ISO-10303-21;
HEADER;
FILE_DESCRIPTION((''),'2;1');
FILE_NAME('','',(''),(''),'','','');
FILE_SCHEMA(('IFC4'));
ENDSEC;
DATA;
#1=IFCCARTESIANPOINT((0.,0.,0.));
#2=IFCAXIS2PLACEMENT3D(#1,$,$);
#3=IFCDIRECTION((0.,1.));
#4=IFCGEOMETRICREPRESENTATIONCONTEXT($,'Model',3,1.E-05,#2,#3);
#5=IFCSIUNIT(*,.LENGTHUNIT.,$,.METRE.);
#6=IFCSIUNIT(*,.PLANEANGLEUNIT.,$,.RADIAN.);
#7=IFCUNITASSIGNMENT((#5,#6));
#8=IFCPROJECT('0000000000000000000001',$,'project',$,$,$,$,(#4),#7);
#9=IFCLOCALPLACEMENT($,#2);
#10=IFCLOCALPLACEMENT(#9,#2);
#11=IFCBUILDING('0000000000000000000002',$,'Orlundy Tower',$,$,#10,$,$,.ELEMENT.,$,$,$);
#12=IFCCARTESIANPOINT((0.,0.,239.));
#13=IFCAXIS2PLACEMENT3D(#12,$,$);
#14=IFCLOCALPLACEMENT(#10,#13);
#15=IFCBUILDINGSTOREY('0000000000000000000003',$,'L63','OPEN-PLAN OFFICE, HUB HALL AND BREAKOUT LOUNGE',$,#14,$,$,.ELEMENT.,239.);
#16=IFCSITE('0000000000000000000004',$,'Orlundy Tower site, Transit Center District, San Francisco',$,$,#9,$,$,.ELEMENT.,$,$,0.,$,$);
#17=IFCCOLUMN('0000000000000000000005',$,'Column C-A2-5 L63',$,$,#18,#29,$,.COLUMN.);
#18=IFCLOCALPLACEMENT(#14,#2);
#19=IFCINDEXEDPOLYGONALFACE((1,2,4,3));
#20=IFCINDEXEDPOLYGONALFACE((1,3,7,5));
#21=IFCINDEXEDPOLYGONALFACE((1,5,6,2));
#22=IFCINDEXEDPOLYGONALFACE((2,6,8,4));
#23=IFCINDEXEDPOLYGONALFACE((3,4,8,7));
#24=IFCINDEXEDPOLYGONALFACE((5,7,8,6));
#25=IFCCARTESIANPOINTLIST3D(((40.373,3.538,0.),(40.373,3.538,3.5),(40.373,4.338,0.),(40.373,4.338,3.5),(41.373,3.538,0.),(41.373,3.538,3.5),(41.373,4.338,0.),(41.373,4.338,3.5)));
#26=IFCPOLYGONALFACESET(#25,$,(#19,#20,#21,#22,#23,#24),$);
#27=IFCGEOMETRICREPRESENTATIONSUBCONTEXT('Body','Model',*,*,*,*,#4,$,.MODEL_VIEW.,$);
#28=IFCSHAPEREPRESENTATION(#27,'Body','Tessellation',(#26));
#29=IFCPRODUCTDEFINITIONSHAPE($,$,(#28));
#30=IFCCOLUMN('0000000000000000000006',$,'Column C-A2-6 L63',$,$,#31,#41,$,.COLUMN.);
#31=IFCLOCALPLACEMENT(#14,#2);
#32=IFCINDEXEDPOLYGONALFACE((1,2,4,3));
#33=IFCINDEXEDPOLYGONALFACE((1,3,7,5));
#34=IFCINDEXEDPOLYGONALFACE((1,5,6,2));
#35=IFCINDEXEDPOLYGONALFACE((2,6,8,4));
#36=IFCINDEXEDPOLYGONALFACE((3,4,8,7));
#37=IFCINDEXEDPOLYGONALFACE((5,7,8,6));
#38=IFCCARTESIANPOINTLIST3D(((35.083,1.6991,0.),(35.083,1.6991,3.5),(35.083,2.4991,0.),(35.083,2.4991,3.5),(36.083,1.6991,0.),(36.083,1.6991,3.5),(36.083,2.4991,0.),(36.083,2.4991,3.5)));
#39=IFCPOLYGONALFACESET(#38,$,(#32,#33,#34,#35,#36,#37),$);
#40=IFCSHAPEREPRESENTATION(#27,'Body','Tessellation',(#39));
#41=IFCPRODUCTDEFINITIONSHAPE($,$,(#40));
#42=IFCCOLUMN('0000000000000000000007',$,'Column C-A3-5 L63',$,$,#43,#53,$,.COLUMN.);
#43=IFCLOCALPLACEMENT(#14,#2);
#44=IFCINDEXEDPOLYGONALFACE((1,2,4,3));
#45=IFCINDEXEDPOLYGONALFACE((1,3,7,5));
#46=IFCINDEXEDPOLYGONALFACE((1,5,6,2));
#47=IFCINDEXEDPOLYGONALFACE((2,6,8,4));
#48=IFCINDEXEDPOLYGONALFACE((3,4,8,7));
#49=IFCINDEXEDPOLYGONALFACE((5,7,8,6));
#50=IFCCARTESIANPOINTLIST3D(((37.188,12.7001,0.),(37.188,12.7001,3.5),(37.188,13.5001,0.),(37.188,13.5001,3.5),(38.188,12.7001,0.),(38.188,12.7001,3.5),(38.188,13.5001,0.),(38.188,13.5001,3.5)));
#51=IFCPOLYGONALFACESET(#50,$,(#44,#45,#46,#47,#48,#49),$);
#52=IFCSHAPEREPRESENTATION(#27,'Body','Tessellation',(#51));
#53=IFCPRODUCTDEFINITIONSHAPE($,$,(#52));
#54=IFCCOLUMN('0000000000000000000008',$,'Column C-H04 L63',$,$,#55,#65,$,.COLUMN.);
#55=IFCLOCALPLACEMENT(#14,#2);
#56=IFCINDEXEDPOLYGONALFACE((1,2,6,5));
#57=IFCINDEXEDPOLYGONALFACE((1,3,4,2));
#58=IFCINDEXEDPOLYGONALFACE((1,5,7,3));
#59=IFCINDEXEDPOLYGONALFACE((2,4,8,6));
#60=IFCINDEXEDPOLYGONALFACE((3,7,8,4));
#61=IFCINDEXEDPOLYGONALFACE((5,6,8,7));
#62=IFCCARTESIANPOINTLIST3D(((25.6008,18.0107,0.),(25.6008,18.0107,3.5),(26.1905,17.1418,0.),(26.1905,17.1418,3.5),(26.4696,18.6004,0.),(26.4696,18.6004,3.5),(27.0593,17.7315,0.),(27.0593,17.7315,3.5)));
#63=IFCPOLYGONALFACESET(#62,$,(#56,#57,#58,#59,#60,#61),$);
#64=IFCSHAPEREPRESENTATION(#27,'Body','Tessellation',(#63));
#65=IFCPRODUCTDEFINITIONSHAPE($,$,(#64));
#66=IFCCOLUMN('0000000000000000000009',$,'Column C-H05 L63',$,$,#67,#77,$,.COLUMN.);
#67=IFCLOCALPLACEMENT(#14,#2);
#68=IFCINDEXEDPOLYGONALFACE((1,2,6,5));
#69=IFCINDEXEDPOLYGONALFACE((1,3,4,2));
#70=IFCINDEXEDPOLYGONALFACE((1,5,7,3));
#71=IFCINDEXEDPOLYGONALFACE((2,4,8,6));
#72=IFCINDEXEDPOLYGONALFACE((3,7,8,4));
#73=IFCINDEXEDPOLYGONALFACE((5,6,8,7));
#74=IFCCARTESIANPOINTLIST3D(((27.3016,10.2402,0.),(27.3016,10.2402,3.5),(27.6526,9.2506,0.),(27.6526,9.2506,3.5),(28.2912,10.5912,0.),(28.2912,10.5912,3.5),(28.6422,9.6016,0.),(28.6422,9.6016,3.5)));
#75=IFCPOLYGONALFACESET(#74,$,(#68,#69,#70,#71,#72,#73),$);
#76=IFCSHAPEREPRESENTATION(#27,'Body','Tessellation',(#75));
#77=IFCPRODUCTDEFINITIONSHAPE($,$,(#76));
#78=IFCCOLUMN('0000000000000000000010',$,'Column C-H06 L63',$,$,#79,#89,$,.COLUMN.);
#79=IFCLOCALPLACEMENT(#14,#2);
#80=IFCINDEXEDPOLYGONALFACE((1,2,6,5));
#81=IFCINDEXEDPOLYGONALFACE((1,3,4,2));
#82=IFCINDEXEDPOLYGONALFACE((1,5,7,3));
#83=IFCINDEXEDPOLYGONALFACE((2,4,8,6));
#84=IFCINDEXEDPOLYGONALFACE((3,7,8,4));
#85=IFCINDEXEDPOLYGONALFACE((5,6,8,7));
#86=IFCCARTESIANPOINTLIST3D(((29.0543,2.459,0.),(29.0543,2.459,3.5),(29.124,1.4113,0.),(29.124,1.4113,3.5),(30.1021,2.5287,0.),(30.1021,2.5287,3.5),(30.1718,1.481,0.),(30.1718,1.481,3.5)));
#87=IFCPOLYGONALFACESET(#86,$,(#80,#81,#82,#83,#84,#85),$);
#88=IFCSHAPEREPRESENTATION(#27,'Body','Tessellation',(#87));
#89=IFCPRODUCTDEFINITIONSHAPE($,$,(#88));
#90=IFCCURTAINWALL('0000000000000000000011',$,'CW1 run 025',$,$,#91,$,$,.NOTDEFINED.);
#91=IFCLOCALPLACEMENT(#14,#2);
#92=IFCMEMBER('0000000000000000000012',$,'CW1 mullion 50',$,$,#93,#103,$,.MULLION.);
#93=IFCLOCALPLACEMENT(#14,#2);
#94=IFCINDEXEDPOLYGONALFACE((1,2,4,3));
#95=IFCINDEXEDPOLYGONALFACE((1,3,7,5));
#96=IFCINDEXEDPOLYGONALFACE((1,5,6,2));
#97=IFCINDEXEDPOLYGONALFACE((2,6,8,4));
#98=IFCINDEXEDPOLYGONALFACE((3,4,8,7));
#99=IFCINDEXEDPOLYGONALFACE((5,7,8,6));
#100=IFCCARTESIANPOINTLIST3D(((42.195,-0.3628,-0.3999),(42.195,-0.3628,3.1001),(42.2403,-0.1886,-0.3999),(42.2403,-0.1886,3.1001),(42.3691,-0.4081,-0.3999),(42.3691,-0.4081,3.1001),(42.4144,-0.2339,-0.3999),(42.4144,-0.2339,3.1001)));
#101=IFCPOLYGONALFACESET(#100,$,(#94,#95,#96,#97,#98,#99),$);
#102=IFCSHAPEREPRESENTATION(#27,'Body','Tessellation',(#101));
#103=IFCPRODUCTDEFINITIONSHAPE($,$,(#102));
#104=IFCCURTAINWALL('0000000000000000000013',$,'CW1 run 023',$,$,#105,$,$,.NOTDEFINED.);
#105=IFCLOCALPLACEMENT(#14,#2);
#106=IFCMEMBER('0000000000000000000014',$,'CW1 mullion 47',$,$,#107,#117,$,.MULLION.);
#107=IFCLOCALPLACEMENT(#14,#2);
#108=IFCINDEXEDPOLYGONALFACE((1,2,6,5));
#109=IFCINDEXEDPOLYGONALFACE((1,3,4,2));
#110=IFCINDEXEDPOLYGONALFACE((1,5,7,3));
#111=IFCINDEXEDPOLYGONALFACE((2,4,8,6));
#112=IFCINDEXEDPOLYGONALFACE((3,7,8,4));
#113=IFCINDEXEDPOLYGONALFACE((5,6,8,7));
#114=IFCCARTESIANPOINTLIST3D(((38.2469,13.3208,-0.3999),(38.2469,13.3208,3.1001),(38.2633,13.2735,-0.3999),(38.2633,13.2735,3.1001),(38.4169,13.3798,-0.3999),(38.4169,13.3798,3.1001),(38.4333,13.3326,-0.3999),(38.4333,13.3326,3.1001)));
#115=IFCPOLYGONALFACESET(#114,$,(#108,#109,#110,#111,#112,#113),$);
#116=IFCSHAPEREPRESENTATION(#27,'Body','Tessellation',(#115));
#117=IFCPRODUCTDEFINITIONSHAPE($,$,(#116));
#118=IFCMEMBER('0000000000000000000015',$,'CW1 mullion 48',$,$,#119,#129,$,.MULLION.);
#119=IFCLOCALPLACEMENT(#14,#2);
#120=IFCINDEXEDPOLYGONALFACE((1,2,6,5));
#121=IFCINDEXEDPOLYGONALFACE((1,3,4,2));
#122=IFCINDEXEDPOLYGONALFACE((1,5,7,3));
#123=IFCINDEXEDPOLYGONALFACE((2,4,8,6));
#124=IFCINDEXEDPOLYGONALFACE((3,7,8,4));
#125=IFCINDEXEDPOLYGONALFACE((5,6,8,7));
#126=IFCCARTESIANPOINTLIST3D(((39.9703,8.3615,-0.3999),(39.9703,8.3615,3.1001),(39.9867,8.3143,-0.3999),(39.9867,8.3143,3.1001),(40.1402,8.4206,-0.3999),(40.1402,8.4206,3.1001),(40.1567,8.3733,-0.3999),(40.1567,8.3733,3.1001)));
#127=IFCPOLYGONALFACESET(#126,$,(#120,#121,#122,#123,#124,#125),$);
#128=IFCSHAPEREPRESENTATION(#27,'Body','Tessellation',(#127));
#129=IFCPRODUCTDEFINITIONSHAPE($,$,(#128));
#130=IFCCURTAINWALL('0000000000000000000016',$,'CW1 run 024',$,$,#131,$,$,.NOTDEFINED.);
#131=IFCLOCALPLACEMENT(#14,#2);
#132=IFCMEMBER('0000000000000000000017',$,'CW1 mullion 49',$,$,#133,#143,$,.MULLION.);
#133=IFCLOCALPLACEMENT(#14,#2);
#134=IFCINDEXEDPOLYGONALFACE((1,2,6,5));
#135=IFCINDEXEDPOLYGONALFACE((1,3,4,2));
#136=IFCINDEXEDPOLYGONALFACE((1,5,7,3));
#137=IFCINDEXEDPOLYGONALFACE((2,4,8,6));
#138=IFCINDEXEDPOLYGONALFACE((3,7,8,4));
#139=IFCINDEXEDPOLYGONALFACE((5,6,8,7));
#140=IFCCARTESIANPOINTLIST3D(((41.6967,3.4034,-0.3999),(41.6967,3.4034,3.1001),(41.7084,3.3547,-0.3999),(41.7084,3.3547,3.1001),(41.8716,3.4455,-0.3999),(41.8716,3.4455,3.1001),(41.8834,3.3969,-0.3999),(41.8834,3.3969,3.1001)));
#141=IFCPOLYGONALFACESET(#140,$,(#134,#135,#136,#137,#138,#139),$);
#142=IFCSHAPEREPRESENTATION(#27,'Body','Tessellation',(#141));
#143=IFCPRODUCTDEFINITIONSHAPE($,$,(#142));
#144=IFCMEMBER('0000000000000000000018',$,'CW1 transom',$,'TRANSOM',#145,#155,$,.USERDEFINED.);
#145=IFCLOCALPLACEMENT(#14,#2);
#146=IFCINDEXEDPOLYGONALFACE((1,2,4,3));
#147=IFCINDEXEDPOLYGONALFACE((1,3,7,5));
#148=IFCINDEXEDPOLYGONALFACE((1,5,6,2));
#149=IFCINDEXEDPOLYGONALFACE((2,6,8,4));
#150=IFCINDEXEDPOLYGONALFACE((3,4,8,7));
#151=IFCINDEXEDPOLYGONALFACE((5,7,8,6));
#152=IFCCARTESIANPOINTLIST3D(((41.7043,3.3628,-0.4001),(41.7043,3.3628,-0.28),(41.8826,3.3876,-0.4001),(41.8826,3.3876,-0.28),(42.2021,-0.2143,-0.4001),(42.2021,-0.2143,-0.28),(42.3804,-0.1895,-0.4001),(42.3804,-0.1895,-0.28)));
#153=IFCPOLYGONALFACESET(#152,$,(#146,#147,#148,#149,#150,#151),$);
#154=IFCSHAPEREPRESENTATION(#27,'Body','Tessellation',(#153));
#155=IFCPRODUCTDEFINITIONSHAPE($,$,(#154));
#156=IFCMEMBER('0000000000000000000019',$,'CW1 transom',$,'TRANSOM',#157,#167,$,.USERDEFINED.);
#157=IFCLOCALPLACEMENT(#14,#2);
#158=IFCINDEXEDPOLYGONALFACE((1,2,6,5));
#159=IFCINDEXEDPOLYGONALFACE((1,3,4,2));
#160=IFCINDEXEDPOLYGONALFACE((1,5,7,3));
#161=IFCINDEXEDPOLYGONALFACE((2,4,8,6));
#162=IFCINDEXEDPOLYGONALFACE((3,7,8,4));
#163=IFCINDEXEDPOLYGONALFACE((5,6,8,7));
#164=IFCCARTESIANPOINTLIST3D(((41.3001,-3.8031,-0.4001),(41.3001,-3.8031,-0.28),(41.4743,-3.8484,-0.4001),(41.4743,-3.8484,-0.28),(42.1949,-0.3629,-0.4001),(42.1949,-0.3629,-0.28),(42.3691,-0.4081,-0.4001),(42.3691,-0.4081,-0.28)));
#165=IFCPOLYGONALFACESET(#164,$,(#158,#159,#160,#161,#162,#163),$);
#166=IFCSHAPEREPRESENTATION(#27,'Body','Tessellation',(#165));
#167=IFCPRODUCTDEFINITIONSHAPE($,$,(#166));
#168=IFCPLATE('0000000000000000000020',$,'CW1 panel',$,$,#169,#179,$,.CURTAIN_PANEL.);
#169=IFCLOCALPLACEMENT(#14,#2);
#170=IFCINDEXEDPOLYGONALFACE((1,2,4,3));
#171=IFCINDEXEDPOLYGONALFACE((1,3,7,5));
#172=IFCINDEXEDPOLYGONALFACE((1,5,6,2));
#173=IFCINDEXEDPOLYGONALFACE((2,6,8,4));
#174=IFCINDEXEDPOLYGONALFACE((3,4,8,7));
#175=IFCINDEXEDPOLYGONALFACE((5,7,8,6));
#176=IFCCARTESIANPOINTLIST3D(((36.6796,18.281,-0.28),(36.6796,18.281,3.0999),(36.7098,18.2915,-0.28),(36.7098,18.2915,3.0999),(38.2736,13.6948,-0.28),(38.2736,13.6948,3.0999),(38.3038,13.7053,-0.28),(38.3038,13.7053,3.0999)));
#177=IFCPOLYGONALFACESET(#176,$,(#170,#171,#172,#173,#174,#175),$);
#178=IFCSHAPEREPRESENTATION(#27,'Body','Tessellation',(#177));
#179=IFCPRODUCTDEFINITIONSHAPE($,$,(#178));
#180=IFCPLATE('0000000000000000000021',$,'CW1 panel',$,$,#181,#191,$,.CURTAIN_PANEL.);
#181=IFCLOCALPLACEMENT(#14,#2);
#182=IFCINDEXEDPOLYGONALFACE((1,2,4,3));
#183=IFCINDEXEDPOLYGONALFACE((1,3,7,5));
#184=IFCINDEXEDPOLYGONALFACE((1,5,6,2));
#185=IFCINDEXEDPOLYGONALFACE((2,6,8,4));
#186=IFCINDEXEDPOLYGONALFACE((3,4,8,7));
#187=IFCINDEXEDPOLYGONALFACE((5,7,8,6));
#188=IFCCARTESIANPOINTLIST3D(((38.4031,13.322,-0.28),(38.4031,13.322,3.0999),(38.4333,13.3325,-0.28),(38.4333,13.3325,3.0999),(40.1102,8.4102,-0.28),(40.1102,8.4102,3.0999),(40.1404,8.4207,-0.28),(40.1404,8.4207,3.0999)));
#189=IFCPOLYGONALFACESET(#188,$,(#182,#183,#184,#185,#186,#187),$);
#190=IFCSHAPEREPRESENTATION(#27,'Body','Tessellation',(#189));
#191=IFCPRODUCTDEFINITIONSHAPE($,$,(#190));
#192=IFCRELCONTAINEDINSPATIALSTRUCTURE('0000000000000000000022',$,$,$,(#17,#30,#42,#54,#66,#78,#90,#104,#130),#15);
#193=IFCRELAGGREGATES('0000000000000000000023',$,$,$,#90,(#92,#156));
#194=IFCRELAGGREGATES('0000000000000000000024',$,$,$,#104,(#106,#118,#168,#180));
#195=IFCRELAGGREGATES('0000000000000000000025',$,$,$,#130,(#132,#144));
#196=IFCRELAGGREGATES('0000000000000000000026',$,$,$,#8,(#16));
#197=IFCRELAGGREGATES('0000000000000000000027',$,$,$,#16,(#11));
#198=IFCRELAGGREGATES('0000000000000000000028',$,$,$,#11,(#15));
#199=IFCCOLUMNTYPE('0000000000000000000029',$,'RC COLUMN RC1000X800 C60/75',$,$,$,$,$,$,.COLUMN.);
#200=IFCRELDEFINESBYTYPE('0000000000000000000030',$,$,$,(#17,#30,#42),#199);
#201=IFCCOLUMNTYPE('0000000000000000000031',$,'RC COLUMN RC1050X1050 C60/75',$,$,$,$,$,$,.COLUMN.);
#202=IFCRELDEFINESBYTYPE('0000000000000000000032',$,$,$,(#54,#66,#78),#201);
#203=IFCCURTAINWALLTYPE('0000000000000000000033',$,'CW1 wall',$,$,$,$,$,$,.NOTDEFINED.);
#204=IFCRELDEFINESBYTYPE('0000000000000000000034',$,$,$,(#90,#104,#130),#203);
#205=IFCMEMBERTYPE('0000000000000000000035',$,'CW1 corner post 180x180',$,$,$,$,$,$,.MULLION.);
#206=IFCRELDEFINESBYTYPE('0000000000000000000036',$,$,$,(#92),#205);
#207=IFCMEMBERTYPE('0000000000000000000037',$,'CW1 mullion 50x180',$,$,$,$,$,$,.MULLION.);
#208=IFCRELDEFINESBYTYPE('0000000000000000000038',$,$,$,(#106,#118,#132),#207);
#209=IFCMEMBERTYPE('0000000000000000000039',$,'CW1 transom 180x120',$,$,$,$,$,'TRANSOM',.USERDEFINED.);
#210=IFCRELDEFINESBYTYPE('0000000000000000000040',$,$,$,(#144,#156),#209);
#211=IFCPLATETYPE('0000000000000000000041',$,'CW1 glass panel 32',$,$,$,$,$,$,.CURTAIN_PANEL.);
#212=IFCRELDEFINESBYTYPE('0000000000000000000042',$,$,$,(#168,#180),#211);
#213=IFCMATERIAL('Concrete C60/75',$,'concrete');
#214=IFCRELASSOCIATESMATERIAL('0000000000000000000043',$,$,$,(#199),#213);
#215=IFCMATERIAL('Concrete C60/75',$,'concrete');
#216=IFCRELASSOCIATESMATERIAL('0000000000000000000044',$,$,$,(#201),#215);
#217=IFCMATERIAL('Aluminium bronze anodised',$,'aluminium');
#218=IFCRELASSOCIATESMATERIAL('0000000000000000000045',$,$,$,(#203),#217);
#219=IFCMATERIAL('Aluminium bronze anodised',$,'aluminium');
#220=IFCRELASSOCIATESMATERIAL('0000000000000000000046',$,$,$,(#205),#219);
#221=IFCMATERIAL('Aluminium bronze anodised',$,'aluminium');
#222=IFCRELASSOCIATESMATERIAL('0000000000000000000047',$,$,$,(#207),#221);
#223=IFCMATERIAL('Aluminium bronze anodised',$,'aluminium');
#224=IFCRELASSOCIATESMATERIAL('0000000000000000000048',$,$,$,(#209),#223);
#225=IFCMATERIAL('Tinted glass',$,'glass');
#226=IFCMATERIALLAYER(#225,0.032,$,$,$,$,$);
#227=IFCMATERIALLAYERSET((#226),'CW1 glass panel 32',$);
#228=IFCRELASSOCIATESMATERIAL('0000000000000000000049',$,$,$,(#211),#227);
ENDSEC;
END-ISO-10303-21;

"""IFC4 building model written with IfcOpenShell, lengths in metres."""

from ifc_helpers import new_model, si_unit, direction, frame, origin, origin_2d, place, context, subcontext, project, spatial, rectangle, extrude, material, layer, layer_set, material_profile, profile_set, type_object, element, aggregate, save


model = new_model("IFC4")

# Units and contexts
model_context = context("Model", 3, precision=1e-05, world=origin(), true_north=direction((0.0, 1.0)))
body_context = subcontext(model_context, "Body", "Model", "MODEL_VIEW")
ifc_project = project(units=[si_unit("LENGTHUNIT", "METRE"), si_unit("PLANEANGLEUNIT", "RADIAN")], contexts=[model_context])

# Site, building, storey
site_placement = place(None, origin())
site = spatial("IfcSite", under=ifc_project, at=site_placement, Name="Orlundy Tower site, Transit Center District, San Francisco", CompositionType="ELEMENT", RefElevation=0.0)
building_placement = place(site_placement, origin())
building = spatial("IfcBuilding", under=site, at=building_placement, Name="Orlundy Tower", CompositionType="ELEMENT")
storey_placement = place(building_placement, frame((0.0, 0.0, 239.0)))
storey = spatial("IfcBuildingStorey", under=building, at=storey_placement, Name="L63", Description="OPEN-PLAN OFFICE, HUB HALL AND BREAKOUT LOUNGE", CompositionType="ELEMENT", Elevation=239.0)

# Columns
ifc_material_1 = material(Name="Concrete C60/75", Category="concrete")
ifc_material_profile_1 = material_profile(ifc_material_1, rectangle(XDim=1.0, YDim=0.8, at=origin_2d()), Name="RC1000X800")
ifc_profile_set_1 = profile_set([ifc_material_profile_1], Name="Concrete C60/75")
column_type_1 = type_object("IfcColumnType", Name="RC COLUMN RC1000X800 C60/75", PredefinedType="COLUMN", material=ifc_profile_set_1)
for number, where, z_axis, x_axis, name in (
    (1, (40.873, 3.938, 0.0), (0.0, 0.0, 1.0), (1.0, 0.0, 0.0), "Column C-A2-5 L63"),
    (2, (35.583, 2.0991, 0.0), (0.0, 0.0, 1.0), (1.0, 0.0, 0.0), "Column C-A2-6 L63"),
    (3, (37.688, 13.1001, 0.0), (0.0, 0.0, 1.0), (1.0, 0.0, 0.0), "Column C-A3-5 L63"),
):
    element("IfcColumn", number, at=place(storey_placement, frame(where, z_axis=z_axis, x_axis=x_axis)), inside=storey, type_object=column_type_1, Name=name, PredefinedType="COLUMN", context=body_context, shape_type="SweptSolid", body=[
        extrude(rectangle(XDim=1.0, YDim=0.8, at=origin_2d()), origin(), (0.0, 0.0, 1.0), 3.5),
    ])
ifc_material_2 = material(Name="Concrete C60/75", Category="concrete")
ifc_material_profile_2 = material_profile(ifc_material_2, rectangle(XDim=1.05, YDim=1.05, at=origin_2d()), Name="RC1050X1050")
ifc_profile_set_2 = profile_set([ifc_material_profile_2], Name="Concrete C60/75")
column_type_2 = type_object("IfcColumnType", Name="RC COLUMN RC1050X1050 C60/75", PredefinedType="COLUMN", material=ifc_profile_set_2)
for number, where, z_axis, x_axis, name in (
    (4, (26.3301, 17.8711, 0.0), (0.0, 0.0, 1.0), (0.827414, 0.561592, 0.0), "Column C-H04 L63"),
    (5, (27.9719, 9.9209, 0.0), (0.0, 0.0, 1.0), (0.942478, 0.334267, 0.0), "Column C-H05 L63"),
    (6, (29.613, 1.97, 0.0), (0.0, 0.0, 1.0), (0.997795, 0.066378, 0.0), "Column C-H06 L63"),
):
    element("IfcColumn", number, at=place(storey_placement, frame(where, z_axis=z_axis, x_axis=x_axis)), inside=storey, type_object=column_type_2, Name=name, PredefinedType="COLUMN", context=body_context, shape_type="SweptSolid", body=[
        extrude(rectangle(XDim=1.05, YDim=1.05, at=origin_2d()), origin(), (0.0, 0.0, 1.0), 3.5),
    ])

# Curtain wall, member
ifc_material_3 = material(Name="Aluminium bronze anodised", Category="aluminium")
curtain_wall_type = type_object("IfcCurtainWallType", Name="CW1 wall", PredefinedType="NOTDEFINED", material=ifc_material_3)
curtain_wall_1_placement = place(storey_placement, origin())
curtain_wall_1 = element("IfcCurtainWall", 7, at=curtain_wall_1_placement, inside=storey, type_object=curtain_wall_type, Name="CW1 run 025", PredefinedType="NOTDEFINED")
ifc_material_4 = material(Name="Aluminium bronze anodised", Category="aluminium")
ifc_material_profile_3 = material_profile(ifc_material_4, rectangle(XDim=0.1799, YDim=0.1799, at=origin_2d()), Name="CW1 corner post 180x180")
ifc_profile_set_3 = profile_set([ifc_material_profile_3], Name="Aluminium bronze anodised")
member_type_1 = type_object("IfcMemberType", Name="CW1 corner post 180x180", PredefinedType="MULLION", material=ifc_profile_set_3)
member_1_placement = place(storey_placement, frame((42.3047, -0.2983, -0.3999), z_axis=(0.0, 0.0, 1.0), x_axis=(0.967798, -0.25173, 0.0)))
member_1 = element("IfcMember", 8, at=member_1_placement, type_object=member_type_1, Name="CW1 mullion 50", PredefinedType="MULLION", context=body_context, shape_type="SweptSolid", body=[
    extrude(rectangle(XDim=0.1799, YDim=0.1799, at=origin_2d()), origin(), (0.0, 0.0, 1.0), 3.5),
])

# Curtain walls, members
curtain_wall_2_placement = place(storey_placement, origin())
curtain_wall_2 = element("IfcCurtainWall", 9, at=curtain_wall_2_placement, inside=storey, type_object=curtain_wall_type, Name="CW1 run 023", PredefinedType="NOTDEFINED")
ifc_material_5 = material(Name="Aluminium bronze anodised", Category="aluminium")
ifc_material_profile_4 = material_profile(ifc_material_5, rectangle(XDim=0.1799, YDim=0.05, at=origin_2d()), Name="CW1 mullion 50x180")
ifc_profile_set_4 = profile_set([ifc_material_profile_4], Name="Aluminium bronze anodised")
member_type_2 = type_object("IfcMemberType", Name="CW1 mullion 50x180", PredefinedType="MULLION", material=ifc_profile_set_4)
member_2_placement = place(storey_placement, frame((38.3401, 13.3267, -0.3999), z_axis=(0.0, 0.0, 1.0), x_axis=(0.944578, 0.328288, 0.0)))
member_2 = element("IfcMember", 10, at=member_2_placement, type_object=member_type_2, Name="CW1 mullion 47", PredefinedType="MULLION", context=body_context, shape_type="SweptSolid", body=[
    extrude(rectangle(XDim=0.1799, YDim=0.05, at=origin_2d()), origin(), (0.0, 0.0, 1.0), 3.5),
])
member_3_placement = place(storey_placement, frame((40.0635, 8.3674, -0.3999), z_axis=(0.0, 0.0, 1.0), x_axis=(0.944578, 0.328288, 0.0)))
member_3 = element("IfcMember", 11, at=member_3_placement, type_object=member_type_2, Name="CW1 mullion 48", PredefinedType="MULLION", context=body_context, shape_type="SweptSolid", body=[
    extrude(rectangle(XDim=0.1799, YDim=0.05, at=origin_2d()), origin(), (0.0, 0.0, 1.0), 3.5),
])
curtain_wall_3_placement = place(storey_placement, origin())
curtain_wall_3 = element("IfcCurtainWall", 12, at=curtain_wall_3_placement, inside=storey, type_object=curtain_wall_type, Name="CW1 run 024", PredefinedType="NOTDEFINED")
member_4_placement = place(storey_placement, frame((41.79, 3.4001, -0.3999), z_axis=(0.0, 0.0, 1.0), x_axis=(0.972192, 0.234187, 0.0)))
member_4 = element("IfcMember", 13, at=member_4_placement, type_object=member_type_2, Name="CW1 mullion 49", PredefinedType="MULLION", context=body_context, shape_type="SweptSolid", body=[
    extrude(rectangle(XDim=0.1799, YDim=0.05, at=origin_2d()), origin(), (0.0, 0.0, 1.0), 3.5),
])
ifc_material_6 = material(Name="Aluminium bronze anodised", Category="aluminium")
ifc_material_profile_5 = material_profile(ifc_material_6, rectangle(XDim=0.1799, YDim=0.1201, at=origin_2d()), Name="CW1 transom 180x120")
ifc_profile_set_5 = profile_set([ifc_material_profile_5], Name="Aluminium bronze anodised")
member_type_3 = type_object("IfcMemberType", Name="CW1 transom 180x120", ElementType="TRANSOM", PredefinedType="USERDEFINED", material=ifc_profile_set_5)
member_5_placement = place(storey_placement, frame((41.7935, 3.3752, -0.3401), z_axis=(0.137834, -0.990455, 0.0), x_axis=(0.990455, 0.137834, 0.0)))
member_5 = element("IfcMember", 14, at=member_5_placement, type_object=member_type_3, Name="CW1 transom", ObjectType="TRANSOM", PredefinedType="USERDEFINED", context=body_context, shape_type="SweptSolid", body=[
    extrude(rectangle(XDim=0.1799, YDim=0.1201, at=origin_2d()), origin(), (0.0, 0.0, 1.0), 3.6116),
])

# Member
member_6_placement = place(storey_placement, frame((42.282, -0.3855, -0.3401), z_axis=(-0.25172, -0.9678, 0.0), x_axis=(0.9678, -0.25172, 0.0)))
member_6 = element("IfcMember", 15, at=member_6_placement, type_object=member_type_3, Name="CW1 transom", ObjectType="TRANSOM", PredefinedType="USERDEFINED", context=body_context, shape_type="SweptSolid", body=[
    extrude(rectangle(XDim=0.1799, YDim=0.1201, at=origin_2d()), origin(), (0.0, 0.0, 1.0), 3.5547),
])
aggregate(curtain_wall_1, [member_1, member_6])

# Plates
ifc_material_7 = material(Name="Tinted glass", Category="glass")
ifc_layer_1 = layer(ifc_material_7, 0.032)
ifc_layer_set_1 = layer_set([ifc_layer_1], Name="CW1 glass panel 32")
plate_type = type_object("IfcPlateType", Name="CW1 glass panel 32", PredefinedType="CURTAIN_PANEL", material=ifc_layer_set_1)
plate_1_placement = place(storey_placement, frame((37.4917, 15.9932, -0.28), z_axis=(0.0, 0.0, 1.0), x_axis=(0.328288, -0.944578, 0.0)))
plate_1 = element("IfcPlate", 16, at=plate_1_placement, type_object=plate_type, Name="CW1 panel", PredefinedType="CURTAIN_PANEL", context=body_context, shape_type="SweptSolid", body=[
    extrude(rectangle(XDim=4.8552, YDim=0.032, at=origin_2d()), origin(), (0.0, 0.0, 1.0), 3.3799),
])
plate_2_placement = place(storey_placement, frame((39.2717, 10.8713, -0.28), z_axis=(0.0, 0.0, 1.0), x_axis=(0.328288, -0.944578, 0.0)))
plate_2 = element("IfcPlate", 17, at=plate_2_placement, type_object=plate_type, Name="CW1 panel", PredefinedType="CURTAIN_PANEL", context=body_context, shape_type="SweptSolid", body=[
    extrude(rectangle(XDim=5.2, YDim=0.032, at=origin_2d()), origin(), (0.0, 0.0, 1.0), 3.3799),
])
aggregate(curtain_wall_2, [member_2, member_3, plate_1, plate_2])
aggregate(curtain_wall_3, [member_4, member_5])

save(model, "model.ifc")
